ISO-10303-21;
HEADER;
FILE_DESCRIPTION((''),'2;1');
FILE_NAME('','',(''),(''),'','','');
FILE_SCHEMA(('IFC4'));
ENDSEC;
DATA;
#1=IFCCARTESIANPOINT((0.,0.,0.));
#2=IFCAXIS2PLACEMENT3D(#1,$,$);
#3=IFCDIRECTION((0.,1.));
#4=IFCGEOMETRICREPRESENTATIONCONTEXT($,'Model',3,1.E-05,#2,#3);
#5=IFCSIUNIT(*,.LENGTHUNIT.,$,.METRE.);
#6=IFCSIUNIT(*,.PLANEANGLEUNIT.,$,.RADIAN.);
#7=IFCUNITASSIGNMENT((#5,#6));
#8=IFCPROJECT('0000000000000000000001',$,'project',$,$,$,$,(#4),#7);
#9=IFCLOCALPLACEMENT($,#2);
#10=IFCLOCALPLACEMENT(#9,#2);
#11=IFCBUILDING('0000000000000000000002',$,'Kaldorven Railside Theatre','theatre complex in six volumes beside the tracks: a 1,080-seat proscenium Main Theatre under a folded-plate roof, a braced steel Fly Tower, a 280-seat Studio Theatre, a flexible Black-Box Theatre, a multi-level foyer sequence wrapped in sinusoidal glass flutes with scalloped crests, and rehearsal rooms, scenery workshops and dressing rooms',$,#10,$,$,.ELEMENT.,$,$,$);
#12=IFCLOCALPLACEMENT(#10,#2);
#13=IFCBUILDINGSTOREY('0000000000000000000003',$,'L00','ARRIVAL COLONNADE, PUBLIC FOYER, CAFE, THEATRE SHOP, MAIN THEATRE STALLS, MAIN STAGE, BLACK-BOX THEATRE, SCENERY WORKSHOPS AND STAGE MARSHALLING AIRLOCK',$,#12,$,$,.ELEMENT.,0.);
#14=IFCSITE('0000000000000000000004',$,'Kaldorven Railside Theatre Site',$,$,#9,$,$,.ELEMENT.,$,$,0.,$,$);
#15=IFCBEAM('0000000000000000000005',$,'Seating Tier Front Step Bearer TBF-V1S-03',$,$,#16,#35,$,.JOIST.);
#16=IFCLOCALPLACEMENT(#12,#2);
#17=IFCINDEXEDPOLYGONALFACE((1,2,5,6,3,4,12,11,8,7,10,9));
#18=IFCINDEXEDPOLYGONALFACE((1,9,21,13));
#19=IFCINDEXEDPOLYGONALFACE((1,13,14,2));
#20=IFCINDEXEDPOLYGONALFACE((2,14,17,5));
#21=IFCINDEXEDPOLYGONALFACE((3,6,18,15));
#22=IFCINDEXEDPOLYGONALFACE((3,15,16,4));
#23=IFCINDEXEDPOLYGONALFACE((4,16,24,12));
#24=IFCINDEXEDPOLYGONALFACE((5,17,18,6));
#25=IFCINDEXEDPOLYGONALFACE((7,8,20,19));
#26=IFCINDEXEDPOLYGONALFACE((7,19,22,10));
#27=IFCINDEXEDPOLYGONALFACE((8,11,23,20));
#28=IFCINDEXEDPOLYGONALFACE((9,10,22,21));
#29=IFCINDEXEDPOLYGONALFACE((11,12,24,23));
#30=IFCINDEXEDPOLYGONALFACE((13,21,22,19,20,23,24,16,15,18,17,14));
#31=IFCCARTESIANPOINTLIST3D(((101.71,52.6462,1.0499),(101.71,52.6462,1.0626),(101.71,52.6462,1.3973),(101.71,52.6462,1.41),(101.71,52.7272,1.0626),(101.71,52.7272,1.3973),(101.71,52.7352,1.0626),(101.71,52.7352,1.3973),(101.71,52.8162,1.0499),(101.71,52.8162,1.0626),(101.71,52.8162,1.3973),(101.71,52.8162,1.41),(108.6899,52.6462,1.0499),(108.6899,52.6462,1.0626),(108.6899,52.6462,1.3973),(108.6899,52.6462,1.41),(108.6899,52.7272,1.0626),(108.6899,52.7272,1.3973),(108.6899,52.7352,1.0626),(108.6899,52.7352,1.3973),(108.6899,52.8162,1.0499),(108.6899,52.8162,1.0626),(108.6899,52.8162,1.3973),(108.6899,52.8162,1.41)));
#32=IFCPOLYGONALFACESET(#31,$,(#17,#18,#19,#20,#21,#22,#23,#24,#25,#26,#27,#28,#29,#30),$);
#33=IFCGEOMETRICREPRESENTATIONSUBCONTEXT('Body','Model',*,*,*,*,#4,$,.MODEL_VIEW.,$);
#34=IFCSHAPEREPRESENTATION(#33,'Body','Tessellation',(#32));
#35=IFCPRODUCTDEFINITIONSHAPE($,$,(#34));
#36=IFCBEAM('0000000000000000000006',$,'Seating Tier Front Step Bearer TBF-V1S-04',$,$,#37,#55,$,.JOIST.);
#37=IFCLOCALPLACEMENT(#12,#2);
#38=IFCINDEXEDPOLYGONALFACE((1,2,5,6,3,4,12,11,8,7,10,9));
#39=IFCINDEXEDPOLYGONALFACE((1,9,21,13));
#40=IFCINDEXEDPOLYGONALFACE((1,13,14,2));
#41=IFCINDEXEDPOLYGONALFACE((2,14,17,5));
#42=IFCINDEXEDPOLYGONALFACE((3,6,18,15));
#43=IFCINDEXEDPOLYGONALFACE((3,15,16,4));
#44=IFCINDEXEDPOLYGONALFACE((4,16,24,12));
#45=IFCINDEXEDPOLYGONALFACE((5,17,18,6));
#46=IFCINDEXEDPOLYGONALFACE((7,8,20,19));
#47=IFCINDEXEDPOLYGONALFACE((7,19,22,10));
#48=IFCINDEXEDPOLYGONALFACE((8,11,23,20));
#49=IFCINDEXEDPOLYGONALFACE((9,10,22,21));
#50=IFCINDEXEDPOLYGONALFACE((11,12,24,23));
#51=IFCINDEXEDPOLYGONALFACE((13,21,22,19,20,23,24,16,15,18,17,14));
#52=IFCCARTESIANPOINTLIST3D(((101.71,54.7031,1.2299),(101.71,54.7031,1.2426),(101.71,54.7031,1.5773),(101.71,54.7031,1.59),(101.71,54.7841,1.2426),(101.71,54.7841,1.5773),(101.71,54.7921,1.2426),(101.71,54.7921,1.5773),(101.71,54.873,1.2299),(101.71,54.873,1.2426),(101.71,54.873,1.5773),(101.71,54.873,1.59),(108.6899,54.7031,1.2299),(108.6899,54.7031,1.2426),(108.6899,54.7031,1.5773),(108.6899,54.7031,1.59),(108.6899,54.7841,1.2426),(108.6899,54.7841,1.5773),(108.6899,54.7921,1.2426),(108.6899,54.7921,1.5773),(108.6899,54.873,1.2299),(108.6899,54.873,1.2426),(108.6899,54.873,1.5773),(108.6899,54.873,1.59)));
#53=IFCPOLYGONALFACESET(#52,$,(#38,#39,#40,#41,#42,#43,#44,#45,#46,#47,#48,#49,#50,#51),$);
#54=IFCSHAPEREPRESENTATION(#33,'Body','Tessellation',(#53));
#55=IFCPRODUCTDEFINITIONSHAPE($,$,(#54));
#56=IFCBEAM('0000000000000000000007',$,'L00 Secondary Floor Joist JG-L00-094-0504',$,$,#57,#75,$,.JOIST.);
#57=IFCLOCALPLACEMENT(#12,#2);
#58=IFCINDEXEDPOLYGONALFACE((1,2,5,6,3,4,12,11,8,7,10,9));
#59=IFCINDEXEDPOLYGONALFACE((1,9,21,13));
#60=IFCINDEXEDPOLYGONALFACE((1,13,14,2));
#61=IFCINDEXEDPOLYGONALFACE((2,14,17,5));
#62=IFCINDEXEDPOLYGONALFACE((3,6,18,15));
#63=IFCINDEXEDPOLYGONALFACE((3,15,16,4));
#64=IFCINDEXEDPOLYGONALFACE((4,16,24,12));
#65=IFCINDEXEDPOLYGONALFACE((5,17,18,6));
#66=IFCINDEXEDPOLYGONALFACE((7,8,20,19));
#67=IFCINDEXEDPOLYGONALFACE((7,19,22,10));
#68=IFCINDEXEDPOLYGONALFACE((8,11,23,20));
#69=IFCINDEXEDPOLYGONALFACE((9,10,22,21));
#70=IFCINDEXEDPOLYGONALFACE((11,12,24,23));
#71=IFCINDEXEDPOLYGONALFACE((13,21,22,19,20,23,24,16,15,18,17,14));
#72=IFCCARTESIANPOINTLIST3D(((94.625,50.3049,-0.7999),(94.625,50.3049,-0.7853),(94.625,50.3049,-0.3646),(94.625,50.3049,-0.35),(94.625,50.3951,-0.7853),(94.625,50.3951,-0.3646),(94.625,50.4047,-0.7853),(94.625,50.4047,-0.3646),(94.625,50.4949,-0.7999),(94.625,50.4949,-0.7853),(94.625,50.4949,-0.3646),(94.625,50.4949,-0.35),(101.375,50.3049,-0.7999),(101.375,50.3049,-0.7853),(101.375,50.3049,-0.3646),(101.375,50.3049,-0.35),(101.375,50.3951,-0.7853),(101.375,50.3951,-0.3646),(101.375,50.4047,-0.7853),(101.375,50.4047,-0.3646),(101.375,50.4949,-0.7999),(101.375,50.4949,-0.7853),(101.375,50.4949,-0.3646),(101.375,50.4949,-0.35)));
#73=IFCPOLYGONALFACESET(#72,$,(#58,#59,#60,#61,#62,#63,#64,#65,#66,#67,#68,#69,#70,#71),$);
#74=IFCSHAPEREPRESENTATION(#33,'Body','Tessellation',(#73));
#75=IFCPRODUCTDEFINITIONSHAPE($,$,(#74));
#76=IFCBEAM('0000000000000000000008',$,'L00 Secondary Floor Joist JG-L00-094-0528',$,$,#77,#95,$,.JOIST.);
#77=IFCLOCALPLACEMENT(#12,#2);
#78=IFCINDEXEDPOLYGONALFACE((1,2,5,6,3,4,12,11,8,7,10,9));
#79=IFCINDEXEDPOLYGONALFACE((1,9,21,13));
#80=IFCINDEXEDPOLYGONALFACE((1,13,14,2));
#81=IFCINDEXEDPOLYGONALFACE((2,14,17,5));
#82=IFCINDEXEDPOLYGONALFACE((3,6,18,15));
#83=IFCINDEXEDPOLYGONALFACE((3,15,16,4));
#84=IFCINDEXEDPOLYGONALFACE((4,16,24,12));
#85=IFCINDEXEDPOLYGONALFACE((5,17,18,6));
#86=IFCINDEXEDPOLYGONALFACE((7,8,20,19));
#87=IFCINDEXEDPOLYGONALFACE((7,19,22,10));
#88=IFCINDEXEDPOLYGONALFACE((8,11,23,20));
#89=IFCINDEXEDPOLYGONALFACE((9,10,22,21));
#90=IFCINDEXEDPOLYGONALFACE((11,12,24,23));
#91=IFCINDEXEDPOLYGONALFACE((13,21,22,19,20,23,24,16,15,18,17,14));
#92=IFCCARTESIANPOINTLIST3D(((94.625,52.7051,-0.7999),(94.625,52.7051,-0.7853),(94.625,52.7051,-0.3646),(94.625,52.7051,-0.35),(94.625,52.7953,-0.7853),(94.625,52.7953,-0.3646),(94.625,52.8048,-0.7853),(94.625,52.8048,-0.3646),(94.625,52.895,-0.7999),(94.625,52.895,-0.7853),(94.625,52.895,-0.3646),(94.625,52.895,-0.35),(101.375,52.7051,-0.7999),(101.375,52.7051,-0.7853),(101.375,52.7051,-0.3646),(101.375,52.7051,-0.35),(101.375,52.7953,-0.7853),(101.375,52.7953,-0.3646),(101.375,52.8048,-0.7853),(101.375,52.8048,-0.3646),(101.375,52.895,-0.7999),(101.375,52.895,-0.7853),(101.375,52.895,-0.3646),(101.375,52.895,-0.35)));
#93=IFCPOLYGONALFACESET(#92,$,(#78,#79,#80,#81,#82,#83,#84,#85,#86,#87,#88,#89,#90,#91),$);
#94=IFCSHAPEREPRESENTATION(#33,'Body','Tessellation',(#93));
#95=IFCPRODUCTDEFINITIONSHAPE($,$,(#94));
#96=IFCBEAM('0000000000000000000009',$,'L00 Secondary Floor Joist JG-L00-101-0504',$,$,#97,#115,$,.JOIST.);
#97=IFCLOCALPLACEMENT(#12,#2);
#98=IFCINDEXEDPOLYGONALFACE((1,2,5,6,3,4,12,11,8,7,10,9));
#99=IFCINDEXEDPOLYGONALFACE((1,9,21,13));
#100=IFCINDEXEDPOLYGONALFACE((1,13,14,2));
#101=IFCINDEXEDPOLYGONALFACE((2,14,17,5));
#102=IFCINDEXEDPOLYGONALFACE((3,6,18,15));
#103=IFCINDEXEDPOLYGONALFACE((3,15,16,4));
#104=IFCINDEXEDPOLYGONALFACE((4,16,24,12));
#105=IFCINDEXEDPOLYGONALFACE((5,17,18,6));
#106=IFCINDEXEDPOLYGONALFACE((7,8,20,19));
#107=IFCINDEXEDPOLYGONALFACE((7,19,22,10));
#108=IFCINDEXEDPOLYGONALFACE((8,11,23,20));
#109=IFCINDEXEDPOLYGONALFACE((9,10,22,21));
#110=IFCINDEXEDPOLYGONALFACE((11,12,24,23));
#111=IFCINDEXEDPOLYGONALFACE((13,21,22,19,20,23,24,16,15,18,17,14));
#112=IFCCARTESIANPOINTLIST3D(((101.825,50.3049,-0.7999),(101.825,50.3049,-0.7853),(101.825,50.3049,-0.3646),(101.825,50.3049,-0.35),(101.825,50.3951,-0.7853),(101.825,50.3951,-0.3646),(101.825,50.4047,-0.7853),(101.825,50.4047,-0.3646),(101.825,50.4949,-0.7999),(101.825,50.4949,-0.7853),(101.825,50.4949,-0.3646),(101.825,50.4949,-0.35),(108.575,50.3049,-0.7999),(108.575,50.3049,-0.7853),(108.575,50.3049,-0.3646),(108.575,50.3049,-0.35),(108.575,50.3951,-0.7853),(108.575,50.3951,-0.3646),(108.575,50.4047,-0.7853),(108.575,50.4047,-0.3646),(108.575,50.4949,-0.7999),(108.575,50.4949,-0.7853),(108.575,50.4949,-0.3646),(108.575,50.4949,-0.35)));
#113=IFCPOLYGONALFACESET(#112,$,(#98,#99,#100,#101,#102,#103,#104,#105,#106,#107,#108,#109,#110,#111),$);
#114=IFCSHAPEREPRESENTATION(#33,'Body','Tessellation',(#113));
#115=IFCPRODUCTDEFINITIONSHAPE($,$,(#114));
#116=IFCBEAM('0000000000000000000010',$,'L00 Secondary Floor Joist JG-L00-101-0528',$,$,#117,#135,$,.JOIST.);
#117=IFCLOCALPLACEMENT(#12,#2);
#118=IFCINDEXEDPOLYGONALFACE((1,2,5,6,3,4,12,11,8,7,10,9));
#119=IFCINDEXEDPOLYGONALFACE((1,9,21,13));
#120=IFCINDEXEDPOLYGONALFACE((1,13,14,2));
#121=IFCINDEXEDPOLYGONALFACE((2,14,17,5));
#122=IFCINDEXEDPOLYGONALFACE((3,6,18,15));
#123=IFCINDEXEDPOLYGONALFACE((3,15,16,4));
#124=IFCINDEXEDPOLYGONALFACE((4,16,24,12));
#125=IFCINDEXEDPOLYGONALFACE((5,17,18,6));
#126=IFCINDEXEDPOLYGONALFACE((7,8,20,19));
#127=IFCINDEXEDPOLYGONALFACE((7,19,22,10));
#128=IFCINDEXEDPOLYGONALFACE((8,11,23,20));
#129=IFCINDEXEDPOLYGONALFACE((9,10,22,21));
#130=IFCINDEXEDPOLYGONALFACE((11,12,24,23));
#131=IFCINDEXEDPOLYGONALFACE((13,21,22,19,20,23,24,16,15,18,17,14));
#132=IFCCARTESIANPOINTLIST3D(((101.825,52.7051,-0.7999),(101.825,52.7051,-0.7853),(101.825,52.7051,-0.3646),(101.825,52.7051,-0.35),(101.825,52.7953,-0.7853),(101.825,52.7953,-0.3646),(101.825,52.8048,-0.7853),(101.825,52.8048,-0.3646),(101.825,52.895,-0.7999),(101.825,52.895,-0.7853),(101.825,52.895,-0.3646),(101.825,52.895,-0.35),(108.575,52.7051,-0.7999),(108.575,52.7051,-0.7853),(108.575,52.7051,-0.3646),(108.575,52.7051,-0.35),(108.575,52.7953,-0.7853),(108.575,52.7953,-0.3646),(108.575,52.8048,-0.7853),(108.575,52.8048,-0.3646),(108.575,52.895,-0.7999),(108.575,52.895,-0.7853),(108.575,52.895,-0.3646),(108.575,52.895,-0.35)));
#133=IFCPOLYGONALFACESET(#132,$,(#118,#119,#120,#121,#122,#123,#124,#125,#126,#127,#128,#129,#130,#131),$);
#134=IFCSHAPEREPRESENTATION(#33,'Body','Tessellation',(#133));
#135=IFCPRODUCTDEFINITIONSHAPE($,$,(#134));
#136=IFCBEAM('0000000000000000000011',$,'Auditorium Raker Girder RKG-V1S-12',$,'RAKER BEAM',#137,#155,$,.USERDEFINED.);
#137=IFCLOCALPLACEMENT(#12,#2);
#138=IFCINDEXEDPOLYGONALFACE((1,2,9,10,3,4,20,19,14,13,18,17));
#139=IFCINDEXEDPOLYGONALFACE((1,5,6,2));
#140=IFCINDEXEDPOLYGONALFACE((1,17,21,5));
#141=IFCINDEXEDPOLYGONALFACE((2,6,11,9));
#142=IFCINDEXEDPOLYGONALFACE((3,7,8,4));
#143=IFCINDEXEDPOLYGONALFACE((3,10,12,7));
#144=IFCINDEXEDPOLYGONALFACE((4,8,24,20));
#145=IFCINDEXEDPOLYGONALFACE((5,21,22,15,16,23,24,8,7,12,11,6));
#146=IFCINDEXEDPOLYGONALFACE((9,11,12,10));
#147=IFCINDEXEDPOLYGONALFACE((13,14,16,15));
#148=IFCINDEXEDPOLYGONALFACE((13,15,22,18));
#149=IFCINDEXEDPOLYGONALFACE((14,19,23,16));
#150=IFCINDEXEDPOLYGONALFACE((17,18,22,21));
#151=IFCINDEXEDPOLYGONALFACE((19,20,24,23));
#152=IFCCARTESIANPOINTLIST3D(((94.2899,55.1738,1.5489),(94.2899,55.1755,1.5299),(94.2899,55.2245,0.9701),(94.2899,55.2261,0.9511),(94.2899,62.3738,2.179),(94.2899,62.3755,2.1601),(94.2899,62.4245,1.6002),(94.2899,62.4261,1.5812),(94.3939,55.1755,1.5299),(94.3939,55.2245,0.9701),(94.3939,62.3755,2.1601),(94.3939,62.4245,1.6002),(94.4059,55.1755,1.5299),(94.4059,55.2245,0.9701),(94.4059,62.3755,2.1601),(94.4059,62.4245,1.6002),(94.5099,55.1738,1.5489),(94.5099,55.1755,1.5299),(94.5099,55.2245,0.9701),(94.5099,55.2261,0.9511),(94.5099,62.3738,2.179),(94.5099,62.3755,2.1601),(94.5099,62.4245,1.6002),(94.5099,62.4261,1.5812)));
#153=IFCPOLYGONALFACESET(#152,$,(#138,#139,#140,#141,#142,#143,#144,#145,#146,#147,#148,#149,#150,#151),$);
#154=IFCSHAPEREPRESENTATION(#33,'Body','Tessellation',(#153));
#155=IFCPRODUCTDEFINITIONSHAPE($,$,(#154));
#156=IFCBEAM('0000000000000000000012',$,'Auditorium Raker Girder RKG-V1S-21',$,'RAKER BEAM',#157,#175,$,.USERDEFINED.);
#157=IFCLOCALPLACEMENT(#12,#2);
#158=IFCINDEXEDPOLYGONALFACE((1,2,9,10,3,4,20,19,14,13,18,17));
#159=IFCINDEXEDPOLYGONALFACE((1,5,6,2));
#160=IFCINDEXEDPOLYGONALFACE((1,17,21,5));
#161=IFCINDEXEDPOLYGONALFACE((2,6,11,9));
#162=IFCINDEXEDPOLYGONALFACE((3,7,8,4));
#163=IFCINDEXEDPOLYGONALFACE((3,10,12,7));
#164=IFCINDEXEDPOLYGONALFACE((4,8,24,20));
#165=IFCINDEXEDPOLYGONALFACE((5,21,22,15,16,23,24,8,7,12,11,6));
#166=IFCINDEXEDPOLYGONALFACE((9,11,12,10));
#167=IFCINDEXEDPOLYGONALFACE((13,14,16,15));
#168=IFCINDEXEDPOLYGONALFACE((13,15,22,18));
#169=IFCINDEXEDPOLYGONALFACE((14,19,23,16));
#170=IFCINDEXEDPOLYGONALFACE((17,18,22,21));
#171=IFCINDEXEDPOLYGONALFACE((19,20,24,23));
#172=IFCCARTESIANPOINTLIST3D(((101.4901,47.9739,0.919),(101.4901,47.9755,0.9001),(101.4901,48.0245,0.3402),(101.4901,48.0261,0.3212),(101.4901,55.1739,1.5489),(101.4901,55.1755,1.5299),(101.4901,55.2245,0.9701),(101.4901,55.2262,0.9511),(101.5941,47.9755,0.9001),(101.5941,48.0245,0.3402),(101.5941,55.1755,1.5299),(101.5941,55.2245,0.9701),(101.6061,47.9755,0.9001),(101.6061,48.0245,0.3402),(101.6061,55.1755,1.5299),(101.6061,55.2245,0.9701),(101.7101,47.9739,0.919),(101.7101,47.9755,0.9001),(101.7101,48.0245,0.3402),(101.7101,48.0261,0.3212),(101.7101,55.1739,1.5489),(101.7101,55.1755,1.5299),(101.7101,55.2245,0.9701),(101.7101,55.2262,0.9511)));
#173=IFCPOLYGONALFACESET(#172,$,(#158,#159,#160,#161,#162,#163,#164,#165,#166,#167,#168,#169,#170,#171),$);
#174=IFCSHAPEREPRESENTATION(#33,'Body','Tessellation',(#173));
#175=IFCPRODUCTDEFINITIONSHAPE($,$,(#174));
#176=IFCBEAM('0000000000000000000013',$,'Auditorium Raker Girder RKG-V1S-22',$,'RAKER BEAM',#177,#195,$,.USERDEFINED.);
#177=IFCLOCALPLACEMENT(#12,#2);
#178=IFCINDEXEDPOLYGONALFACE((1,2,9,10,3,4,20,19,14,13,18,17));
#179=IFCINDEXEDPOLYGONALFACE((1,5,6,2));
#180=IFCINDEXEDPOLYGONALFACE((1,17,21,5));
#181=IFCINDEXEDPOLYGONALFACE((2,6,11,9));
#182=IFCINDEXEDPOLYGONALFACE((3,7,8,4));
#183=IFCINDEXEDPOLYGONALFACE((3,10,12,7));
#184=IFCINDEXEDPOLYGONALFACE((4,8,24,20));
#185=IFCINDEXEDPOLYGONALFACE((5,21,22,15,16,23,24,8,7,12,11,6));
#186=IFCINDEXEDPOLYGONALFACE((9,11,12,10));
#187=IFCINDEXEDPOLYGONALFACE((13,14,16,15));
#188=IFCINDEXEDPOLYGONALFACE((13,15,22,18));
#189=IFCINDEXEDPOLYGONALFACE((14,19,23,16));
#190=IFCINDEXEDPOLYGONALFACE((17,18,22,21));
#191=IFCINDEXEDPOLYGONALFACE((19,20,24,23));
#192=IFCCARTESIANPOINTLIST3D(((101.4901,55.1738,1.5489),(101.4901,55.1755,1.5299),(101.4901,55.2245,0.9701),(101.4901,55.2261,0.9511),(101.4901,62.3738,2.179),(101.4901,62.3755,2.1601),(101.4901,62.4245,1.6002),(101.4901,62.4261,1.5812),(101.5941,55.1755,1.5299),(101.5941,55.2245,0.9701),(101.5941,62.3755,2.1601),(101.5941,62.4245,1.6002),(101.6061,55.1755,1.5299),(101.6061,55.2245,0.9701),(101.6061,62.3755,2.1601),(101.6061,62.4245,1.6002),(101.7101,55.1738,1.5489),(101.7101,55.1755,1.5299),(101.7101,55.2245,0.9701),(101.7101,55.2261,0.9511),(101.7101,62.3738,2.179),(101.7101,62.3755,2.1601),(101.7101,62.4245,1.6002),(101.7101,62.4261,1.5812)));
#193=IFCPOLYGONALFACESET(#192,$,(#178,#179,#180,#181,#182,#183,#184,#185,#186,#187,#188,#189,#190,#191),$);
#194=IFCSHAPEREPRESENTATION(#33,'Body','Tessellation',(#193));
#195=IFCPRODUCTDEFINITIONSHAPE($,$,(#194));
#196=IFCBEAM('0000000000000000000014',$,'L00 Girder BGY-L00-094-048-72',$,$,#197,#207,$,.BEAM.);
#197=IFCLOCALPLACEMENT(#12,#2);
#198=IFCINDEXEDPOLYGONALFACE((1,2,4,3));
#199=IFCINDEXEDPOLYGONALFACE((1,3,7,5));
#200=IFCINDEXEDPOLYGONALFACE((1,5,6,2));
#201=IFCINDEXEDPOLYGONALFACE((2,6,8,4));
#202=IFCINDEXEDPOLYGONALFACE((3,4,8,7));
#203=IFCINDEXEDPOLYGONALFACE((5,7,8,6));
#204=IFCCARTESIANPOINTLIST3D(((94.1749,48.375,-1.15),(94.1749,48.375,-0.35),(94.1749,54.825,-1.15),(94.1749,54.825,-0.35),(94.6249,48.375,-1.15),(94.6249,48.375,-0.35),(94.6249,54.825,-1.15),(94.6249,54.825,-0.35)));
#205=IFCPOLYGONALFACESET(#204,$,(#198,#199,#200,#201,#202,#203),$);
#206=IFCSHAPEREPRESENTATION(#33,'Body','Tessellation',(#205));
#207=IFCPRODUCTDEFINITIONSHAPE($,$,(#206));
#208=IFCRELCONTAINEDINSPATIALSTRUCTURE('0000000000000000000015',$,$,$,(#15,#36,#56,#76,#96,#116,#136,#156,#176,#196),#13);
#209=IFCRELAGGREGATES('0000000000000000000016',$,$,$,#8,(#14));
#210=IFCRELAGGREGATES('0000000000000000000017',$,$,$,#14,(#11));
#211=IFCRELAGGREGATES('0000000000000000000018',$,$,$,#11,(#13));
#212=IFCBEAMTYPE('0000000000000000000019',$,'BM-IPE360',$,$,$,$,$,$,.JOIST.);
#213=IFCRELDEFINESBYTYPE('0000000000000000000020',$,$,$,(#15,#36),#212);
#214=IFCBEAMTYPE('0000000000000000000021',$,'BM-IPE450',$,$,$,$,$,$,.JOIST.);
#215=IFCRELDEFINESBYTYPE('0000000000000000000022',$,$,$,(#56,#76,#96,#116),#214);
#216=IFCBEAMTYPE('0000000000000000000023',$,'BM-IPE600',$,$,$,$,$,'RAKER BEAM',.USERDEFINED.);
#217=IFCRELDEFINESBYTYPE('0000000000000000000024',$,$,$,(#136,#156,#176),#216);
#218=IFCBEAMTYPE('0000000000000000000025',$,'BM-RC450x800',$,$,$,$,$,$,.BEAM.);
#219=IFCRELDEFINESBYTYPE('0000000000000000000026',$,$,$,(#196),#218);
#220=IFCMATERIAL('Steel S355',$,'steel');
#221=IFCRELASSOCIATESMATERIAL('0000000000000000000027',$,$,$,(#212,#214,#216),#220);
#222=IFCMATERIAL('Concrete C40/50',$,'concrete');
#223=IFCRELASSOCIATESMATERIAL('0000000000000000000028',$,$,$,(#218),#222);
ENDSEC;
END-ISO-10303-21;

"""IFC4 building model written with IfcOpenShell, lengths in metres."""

from ifc_helpers import new_model, si_unit, direction, frame, origin, origin_2d, place, context, subcontext, project, spatial, rectangle, i_section, extrude, material, material_profile, profile_set, type_object, element, save


model = new_model("IFC4")

# Units and contexts
model_context = context("Model", 3, precision=1e-05, world=origin(), true_north=direction((0.0, 1.0)))
body_context = subcontext(model_context, "Body", "Model", "MODEL_VIEW")
ifc_project = project(units=[si_unit("LENGTHUNIT", "METRE"), si_unit("PLANEANGLEUNIT", "RADIAN")], contexts=[model_context])

# Site, building, storey
site_placement = place(None, origin())
site = spatial("IfcSite", under=ifc_project, at=site_placement, Name="Kaldorven Railside Theatre Site", CompositionType="ELEMENT", RefElevation=0.0)
building_placement = place(site_placement, origin())
building = spatial("IfcBuilding", under=site, at=building_placement, Name="Kaldorven Railside Theatre", Description="theatre complex in six volumes beside the tracks: a 1,080-seat proscenium Main Theatre under a folded-plate roof, a braced steel Fly Tower, a 280-seat Studio Theatre, a flexible Black-Box Theatre, a multi-level foyer sequence wrapped in sinusoidal glass flutes with scalloped crests, and rehearsal rooms, scenery workshops and dressing rooms", CompositionType="ELEMENT")
storey_placement = place(building_placement, origin())
storey = spatial("IfcBuildingStorey", under=building, at=storey_placement, Name="L00", Description="ARRIVAL COLONNADE, PUBLIC FOYER, CAFE, THEATRE SHOP, MAIN THEATRE STALLS, MAIN STAGE, BLACK-BOX THEATRE, SCENERY WORKSHOPS AND STAGE MARSHALLING AIRLOCK", CompositionType="ELEMENT", Elevation=0.0)

# Shared definitions
ifc_material_1 = material(Name="Concrete C40/50", Category="concrete")

# Beams
ifc_material_2 = material(Name="Steel S355", Category="steel")
ifc_material_profile_1 = material_profile(ifc_material_2, i_section(OverallWidth=0.1699, OverallDepth=0.3601, WebThickness=0.0081, FlangeThickness=0.0127, at=origin_2d()), Name="IPE 360")
ifc_profile_set_1 = profile_set([ifc_material_profile_1], Name="Steel S355")
beam_type_1 = type_object("IfcBeamType", Name="BM-IPE360", PredefinedType="JOIST", material=ifc_profile_set_1)
for number, where, z_axis, x_axis, name in (
    (1, (101.71, 52.7312, 1.23), (1.0, 0.0, 0.0), (0.0, 1.0, 0.0), "Seating Tier Front Step Bearer TBF-V1S-03"),
    (2, (101.71, 54.7881, 1.4099), (1.0, 0.0, 0.0), (0.0, 1.0, 0.0), "Seating Tier Front Step Bearer TBF-V1S-04"),
):
    element("IfcBeam", number, at=place(storey_placement, frame(where, z_axis=z_axis, x_axis=x_axis)), inside=storey, type_object=beam_type_1, Name=name, PredefinedType="JOIST", context=body_context, shape_type="SweptSolid", body=[
        extrude(i_section(OverallWidth=0.1699, OverallDepth=0.3601, WebThickness=0.0081, FlangeThickness=0.0127, at=origin_2d()), origin(), (0.0, 0.0, 1.0), 6.98),
    ])
ifc_material_profile_2 = material_profile(ifc_material_2, i_section(OverallWidth=0.1899, OverallDepth=0.45, WebThickness=0.0095, FlangeThickness=0.0146, at=origin_2d()), Name="IPE 450")
ifc_profile_set_2 = profile_set([ifc_material_profile_2], Name="Steel S355")
beam_type_2 = type_object("IfcBeamType", Name="BM-IPE450", PredefinedType="JOIST", material=ifc_profile_set_2)
for number, where, z_axis, x_axis, name in (
    (3, (94.625, 50.3999, -0.575), (1.0, 0.0, 0.0), (0.0, 1.0, 0.0), "L00 Secondary Floor Joist JG-L00-094-0504"),
    (4, (94.625, 52.8, -0.575), (1.0, 0.0, 0.0), (0.0, 1.0, 0.0), "L00 Secondary Floor Joist JG-L00-094-0528"),
    (5, (101.825, 50.3999, -0.575), (1.0, 0.0, 0.0), (0.0, 1.0, 0.0), "L00 Secondary Floor Joist JG-L00-101-0504"),
    (6, (101.825, 52.8, -0.575), (1.0, 0.0, 0.0), (0.0, 1.0, 0.0), "L00 Secondary Floor Joist JG-L00-101-0528"),
):
    element("IfcBeam", number, at=place(storey_placement, frame(where, z_axis=z_axis, x_axis=x_axis)), inside=storey, type_object=beam_type_2, Name=name, PredefinedType="JOIST", context=body_context, shape_type="SweptSolid", body=[
        extrude(i_section(OverallWidth=0.1899, OverallDepth=0.45, WebThickness=0.0095, FlangeThickness=0.0146, at=origin_2d()), origin(), (0.0, 0.0, 1.0), 6.75),
    ])
ifc_material_profile_3 = material_profile(ifc_material_2, i_section(OverallWidth=0.22, OverallDepth=0.6001, WebThickness=0.012, FlangeThickness=0.019, at=origin_2d()), Name="IPE 600")
ifc_profile_set_3 = profile_set([ifc_material_profile_3], Name="Steel S355")
beam_type_3 = type_object("IfcBeamType", Name="BM-IPE600", ElementType="RAKER BEAM", PredefinedType="USERDEFINED", material=ifc_profile_set_3)
for number, where, z_axis, x_axis, name in (
    (7, (94.3999, 55.2, 1.25), (0.0, 0.996192, 0.087185), (-1.0, 0.0, 0.0), "Auditorium Raker Girder RKG-V1S-12"),
    (8, (101.6001, 48.0, 0.6201), (0.0, 0.996195, 0.087151), (-1.0, 0.0, 0.0), "Auditorium Raker Girder RKG-V1S-21"),
    (9, (101.6001, 55.2, 1.25), (0.0, 0.996192, 0.087185), (-1.0, 0.0, 0.0), "Auditorium Raker Girder RKG-V1S-22"),
):
    element("IfcBeam", number, at=place(storey_placement, frame(where, z_axis=z_axis, x_axis=x_axis)), inside=storey, type_object=beam_type_3, Name=name, ObjectType="RAKER BEAM", PredefinedType="USERDEFINED", context=body_context, shape_type="SweptSolid", body=[
        extrude(i_section(OverallWidth=0.22, OverallDepth=0.6001, WebThickness=0.012, FlangeThickness=0.019, at=origin_2d()), origin(), (0.0, 0.0, 1.0), 7.2275),
    ])
ifc_material_profile_4 = material_profile(ifc_material_1, rectangle(XDim=0.45, YDim=0.8, at=origin_2d()), Name="RC 450x800")
ifc_profile_set_4 = profile_set([ifc_material_profile_4], Name="Concrete C40/50")
beam_type_4 = type_object("IfcBeamType", Name="BM-RC450x800", PredefinedType="BEAM", material=ifc_profile_set_4)
for number, where, z_axis, x_axis, name in (
    (10, (94.3999, 48.375, -0.75), (0.0, 1.0, 0.0), (-1.0, 0.0, 0.0), "L00 Girder BGY-L00-094-048-72"),
):
    element("IfcBeam", number, at=place(storey_placement, frame(where, z_axis=z_axis, x_axis=x_axis)), inside=storey, type_object=beam_type_4, Name=name, PredefinedType="BEAM", context=body_context, shape_type="SweptSolid", body=[
        extrude(rectangle(XDim=0.45, YDim=0.8, at=origin_2d()), origin(), (0.0, 0.0, 1.0), 6.45),
    ])

save(model, "model.ifc")
